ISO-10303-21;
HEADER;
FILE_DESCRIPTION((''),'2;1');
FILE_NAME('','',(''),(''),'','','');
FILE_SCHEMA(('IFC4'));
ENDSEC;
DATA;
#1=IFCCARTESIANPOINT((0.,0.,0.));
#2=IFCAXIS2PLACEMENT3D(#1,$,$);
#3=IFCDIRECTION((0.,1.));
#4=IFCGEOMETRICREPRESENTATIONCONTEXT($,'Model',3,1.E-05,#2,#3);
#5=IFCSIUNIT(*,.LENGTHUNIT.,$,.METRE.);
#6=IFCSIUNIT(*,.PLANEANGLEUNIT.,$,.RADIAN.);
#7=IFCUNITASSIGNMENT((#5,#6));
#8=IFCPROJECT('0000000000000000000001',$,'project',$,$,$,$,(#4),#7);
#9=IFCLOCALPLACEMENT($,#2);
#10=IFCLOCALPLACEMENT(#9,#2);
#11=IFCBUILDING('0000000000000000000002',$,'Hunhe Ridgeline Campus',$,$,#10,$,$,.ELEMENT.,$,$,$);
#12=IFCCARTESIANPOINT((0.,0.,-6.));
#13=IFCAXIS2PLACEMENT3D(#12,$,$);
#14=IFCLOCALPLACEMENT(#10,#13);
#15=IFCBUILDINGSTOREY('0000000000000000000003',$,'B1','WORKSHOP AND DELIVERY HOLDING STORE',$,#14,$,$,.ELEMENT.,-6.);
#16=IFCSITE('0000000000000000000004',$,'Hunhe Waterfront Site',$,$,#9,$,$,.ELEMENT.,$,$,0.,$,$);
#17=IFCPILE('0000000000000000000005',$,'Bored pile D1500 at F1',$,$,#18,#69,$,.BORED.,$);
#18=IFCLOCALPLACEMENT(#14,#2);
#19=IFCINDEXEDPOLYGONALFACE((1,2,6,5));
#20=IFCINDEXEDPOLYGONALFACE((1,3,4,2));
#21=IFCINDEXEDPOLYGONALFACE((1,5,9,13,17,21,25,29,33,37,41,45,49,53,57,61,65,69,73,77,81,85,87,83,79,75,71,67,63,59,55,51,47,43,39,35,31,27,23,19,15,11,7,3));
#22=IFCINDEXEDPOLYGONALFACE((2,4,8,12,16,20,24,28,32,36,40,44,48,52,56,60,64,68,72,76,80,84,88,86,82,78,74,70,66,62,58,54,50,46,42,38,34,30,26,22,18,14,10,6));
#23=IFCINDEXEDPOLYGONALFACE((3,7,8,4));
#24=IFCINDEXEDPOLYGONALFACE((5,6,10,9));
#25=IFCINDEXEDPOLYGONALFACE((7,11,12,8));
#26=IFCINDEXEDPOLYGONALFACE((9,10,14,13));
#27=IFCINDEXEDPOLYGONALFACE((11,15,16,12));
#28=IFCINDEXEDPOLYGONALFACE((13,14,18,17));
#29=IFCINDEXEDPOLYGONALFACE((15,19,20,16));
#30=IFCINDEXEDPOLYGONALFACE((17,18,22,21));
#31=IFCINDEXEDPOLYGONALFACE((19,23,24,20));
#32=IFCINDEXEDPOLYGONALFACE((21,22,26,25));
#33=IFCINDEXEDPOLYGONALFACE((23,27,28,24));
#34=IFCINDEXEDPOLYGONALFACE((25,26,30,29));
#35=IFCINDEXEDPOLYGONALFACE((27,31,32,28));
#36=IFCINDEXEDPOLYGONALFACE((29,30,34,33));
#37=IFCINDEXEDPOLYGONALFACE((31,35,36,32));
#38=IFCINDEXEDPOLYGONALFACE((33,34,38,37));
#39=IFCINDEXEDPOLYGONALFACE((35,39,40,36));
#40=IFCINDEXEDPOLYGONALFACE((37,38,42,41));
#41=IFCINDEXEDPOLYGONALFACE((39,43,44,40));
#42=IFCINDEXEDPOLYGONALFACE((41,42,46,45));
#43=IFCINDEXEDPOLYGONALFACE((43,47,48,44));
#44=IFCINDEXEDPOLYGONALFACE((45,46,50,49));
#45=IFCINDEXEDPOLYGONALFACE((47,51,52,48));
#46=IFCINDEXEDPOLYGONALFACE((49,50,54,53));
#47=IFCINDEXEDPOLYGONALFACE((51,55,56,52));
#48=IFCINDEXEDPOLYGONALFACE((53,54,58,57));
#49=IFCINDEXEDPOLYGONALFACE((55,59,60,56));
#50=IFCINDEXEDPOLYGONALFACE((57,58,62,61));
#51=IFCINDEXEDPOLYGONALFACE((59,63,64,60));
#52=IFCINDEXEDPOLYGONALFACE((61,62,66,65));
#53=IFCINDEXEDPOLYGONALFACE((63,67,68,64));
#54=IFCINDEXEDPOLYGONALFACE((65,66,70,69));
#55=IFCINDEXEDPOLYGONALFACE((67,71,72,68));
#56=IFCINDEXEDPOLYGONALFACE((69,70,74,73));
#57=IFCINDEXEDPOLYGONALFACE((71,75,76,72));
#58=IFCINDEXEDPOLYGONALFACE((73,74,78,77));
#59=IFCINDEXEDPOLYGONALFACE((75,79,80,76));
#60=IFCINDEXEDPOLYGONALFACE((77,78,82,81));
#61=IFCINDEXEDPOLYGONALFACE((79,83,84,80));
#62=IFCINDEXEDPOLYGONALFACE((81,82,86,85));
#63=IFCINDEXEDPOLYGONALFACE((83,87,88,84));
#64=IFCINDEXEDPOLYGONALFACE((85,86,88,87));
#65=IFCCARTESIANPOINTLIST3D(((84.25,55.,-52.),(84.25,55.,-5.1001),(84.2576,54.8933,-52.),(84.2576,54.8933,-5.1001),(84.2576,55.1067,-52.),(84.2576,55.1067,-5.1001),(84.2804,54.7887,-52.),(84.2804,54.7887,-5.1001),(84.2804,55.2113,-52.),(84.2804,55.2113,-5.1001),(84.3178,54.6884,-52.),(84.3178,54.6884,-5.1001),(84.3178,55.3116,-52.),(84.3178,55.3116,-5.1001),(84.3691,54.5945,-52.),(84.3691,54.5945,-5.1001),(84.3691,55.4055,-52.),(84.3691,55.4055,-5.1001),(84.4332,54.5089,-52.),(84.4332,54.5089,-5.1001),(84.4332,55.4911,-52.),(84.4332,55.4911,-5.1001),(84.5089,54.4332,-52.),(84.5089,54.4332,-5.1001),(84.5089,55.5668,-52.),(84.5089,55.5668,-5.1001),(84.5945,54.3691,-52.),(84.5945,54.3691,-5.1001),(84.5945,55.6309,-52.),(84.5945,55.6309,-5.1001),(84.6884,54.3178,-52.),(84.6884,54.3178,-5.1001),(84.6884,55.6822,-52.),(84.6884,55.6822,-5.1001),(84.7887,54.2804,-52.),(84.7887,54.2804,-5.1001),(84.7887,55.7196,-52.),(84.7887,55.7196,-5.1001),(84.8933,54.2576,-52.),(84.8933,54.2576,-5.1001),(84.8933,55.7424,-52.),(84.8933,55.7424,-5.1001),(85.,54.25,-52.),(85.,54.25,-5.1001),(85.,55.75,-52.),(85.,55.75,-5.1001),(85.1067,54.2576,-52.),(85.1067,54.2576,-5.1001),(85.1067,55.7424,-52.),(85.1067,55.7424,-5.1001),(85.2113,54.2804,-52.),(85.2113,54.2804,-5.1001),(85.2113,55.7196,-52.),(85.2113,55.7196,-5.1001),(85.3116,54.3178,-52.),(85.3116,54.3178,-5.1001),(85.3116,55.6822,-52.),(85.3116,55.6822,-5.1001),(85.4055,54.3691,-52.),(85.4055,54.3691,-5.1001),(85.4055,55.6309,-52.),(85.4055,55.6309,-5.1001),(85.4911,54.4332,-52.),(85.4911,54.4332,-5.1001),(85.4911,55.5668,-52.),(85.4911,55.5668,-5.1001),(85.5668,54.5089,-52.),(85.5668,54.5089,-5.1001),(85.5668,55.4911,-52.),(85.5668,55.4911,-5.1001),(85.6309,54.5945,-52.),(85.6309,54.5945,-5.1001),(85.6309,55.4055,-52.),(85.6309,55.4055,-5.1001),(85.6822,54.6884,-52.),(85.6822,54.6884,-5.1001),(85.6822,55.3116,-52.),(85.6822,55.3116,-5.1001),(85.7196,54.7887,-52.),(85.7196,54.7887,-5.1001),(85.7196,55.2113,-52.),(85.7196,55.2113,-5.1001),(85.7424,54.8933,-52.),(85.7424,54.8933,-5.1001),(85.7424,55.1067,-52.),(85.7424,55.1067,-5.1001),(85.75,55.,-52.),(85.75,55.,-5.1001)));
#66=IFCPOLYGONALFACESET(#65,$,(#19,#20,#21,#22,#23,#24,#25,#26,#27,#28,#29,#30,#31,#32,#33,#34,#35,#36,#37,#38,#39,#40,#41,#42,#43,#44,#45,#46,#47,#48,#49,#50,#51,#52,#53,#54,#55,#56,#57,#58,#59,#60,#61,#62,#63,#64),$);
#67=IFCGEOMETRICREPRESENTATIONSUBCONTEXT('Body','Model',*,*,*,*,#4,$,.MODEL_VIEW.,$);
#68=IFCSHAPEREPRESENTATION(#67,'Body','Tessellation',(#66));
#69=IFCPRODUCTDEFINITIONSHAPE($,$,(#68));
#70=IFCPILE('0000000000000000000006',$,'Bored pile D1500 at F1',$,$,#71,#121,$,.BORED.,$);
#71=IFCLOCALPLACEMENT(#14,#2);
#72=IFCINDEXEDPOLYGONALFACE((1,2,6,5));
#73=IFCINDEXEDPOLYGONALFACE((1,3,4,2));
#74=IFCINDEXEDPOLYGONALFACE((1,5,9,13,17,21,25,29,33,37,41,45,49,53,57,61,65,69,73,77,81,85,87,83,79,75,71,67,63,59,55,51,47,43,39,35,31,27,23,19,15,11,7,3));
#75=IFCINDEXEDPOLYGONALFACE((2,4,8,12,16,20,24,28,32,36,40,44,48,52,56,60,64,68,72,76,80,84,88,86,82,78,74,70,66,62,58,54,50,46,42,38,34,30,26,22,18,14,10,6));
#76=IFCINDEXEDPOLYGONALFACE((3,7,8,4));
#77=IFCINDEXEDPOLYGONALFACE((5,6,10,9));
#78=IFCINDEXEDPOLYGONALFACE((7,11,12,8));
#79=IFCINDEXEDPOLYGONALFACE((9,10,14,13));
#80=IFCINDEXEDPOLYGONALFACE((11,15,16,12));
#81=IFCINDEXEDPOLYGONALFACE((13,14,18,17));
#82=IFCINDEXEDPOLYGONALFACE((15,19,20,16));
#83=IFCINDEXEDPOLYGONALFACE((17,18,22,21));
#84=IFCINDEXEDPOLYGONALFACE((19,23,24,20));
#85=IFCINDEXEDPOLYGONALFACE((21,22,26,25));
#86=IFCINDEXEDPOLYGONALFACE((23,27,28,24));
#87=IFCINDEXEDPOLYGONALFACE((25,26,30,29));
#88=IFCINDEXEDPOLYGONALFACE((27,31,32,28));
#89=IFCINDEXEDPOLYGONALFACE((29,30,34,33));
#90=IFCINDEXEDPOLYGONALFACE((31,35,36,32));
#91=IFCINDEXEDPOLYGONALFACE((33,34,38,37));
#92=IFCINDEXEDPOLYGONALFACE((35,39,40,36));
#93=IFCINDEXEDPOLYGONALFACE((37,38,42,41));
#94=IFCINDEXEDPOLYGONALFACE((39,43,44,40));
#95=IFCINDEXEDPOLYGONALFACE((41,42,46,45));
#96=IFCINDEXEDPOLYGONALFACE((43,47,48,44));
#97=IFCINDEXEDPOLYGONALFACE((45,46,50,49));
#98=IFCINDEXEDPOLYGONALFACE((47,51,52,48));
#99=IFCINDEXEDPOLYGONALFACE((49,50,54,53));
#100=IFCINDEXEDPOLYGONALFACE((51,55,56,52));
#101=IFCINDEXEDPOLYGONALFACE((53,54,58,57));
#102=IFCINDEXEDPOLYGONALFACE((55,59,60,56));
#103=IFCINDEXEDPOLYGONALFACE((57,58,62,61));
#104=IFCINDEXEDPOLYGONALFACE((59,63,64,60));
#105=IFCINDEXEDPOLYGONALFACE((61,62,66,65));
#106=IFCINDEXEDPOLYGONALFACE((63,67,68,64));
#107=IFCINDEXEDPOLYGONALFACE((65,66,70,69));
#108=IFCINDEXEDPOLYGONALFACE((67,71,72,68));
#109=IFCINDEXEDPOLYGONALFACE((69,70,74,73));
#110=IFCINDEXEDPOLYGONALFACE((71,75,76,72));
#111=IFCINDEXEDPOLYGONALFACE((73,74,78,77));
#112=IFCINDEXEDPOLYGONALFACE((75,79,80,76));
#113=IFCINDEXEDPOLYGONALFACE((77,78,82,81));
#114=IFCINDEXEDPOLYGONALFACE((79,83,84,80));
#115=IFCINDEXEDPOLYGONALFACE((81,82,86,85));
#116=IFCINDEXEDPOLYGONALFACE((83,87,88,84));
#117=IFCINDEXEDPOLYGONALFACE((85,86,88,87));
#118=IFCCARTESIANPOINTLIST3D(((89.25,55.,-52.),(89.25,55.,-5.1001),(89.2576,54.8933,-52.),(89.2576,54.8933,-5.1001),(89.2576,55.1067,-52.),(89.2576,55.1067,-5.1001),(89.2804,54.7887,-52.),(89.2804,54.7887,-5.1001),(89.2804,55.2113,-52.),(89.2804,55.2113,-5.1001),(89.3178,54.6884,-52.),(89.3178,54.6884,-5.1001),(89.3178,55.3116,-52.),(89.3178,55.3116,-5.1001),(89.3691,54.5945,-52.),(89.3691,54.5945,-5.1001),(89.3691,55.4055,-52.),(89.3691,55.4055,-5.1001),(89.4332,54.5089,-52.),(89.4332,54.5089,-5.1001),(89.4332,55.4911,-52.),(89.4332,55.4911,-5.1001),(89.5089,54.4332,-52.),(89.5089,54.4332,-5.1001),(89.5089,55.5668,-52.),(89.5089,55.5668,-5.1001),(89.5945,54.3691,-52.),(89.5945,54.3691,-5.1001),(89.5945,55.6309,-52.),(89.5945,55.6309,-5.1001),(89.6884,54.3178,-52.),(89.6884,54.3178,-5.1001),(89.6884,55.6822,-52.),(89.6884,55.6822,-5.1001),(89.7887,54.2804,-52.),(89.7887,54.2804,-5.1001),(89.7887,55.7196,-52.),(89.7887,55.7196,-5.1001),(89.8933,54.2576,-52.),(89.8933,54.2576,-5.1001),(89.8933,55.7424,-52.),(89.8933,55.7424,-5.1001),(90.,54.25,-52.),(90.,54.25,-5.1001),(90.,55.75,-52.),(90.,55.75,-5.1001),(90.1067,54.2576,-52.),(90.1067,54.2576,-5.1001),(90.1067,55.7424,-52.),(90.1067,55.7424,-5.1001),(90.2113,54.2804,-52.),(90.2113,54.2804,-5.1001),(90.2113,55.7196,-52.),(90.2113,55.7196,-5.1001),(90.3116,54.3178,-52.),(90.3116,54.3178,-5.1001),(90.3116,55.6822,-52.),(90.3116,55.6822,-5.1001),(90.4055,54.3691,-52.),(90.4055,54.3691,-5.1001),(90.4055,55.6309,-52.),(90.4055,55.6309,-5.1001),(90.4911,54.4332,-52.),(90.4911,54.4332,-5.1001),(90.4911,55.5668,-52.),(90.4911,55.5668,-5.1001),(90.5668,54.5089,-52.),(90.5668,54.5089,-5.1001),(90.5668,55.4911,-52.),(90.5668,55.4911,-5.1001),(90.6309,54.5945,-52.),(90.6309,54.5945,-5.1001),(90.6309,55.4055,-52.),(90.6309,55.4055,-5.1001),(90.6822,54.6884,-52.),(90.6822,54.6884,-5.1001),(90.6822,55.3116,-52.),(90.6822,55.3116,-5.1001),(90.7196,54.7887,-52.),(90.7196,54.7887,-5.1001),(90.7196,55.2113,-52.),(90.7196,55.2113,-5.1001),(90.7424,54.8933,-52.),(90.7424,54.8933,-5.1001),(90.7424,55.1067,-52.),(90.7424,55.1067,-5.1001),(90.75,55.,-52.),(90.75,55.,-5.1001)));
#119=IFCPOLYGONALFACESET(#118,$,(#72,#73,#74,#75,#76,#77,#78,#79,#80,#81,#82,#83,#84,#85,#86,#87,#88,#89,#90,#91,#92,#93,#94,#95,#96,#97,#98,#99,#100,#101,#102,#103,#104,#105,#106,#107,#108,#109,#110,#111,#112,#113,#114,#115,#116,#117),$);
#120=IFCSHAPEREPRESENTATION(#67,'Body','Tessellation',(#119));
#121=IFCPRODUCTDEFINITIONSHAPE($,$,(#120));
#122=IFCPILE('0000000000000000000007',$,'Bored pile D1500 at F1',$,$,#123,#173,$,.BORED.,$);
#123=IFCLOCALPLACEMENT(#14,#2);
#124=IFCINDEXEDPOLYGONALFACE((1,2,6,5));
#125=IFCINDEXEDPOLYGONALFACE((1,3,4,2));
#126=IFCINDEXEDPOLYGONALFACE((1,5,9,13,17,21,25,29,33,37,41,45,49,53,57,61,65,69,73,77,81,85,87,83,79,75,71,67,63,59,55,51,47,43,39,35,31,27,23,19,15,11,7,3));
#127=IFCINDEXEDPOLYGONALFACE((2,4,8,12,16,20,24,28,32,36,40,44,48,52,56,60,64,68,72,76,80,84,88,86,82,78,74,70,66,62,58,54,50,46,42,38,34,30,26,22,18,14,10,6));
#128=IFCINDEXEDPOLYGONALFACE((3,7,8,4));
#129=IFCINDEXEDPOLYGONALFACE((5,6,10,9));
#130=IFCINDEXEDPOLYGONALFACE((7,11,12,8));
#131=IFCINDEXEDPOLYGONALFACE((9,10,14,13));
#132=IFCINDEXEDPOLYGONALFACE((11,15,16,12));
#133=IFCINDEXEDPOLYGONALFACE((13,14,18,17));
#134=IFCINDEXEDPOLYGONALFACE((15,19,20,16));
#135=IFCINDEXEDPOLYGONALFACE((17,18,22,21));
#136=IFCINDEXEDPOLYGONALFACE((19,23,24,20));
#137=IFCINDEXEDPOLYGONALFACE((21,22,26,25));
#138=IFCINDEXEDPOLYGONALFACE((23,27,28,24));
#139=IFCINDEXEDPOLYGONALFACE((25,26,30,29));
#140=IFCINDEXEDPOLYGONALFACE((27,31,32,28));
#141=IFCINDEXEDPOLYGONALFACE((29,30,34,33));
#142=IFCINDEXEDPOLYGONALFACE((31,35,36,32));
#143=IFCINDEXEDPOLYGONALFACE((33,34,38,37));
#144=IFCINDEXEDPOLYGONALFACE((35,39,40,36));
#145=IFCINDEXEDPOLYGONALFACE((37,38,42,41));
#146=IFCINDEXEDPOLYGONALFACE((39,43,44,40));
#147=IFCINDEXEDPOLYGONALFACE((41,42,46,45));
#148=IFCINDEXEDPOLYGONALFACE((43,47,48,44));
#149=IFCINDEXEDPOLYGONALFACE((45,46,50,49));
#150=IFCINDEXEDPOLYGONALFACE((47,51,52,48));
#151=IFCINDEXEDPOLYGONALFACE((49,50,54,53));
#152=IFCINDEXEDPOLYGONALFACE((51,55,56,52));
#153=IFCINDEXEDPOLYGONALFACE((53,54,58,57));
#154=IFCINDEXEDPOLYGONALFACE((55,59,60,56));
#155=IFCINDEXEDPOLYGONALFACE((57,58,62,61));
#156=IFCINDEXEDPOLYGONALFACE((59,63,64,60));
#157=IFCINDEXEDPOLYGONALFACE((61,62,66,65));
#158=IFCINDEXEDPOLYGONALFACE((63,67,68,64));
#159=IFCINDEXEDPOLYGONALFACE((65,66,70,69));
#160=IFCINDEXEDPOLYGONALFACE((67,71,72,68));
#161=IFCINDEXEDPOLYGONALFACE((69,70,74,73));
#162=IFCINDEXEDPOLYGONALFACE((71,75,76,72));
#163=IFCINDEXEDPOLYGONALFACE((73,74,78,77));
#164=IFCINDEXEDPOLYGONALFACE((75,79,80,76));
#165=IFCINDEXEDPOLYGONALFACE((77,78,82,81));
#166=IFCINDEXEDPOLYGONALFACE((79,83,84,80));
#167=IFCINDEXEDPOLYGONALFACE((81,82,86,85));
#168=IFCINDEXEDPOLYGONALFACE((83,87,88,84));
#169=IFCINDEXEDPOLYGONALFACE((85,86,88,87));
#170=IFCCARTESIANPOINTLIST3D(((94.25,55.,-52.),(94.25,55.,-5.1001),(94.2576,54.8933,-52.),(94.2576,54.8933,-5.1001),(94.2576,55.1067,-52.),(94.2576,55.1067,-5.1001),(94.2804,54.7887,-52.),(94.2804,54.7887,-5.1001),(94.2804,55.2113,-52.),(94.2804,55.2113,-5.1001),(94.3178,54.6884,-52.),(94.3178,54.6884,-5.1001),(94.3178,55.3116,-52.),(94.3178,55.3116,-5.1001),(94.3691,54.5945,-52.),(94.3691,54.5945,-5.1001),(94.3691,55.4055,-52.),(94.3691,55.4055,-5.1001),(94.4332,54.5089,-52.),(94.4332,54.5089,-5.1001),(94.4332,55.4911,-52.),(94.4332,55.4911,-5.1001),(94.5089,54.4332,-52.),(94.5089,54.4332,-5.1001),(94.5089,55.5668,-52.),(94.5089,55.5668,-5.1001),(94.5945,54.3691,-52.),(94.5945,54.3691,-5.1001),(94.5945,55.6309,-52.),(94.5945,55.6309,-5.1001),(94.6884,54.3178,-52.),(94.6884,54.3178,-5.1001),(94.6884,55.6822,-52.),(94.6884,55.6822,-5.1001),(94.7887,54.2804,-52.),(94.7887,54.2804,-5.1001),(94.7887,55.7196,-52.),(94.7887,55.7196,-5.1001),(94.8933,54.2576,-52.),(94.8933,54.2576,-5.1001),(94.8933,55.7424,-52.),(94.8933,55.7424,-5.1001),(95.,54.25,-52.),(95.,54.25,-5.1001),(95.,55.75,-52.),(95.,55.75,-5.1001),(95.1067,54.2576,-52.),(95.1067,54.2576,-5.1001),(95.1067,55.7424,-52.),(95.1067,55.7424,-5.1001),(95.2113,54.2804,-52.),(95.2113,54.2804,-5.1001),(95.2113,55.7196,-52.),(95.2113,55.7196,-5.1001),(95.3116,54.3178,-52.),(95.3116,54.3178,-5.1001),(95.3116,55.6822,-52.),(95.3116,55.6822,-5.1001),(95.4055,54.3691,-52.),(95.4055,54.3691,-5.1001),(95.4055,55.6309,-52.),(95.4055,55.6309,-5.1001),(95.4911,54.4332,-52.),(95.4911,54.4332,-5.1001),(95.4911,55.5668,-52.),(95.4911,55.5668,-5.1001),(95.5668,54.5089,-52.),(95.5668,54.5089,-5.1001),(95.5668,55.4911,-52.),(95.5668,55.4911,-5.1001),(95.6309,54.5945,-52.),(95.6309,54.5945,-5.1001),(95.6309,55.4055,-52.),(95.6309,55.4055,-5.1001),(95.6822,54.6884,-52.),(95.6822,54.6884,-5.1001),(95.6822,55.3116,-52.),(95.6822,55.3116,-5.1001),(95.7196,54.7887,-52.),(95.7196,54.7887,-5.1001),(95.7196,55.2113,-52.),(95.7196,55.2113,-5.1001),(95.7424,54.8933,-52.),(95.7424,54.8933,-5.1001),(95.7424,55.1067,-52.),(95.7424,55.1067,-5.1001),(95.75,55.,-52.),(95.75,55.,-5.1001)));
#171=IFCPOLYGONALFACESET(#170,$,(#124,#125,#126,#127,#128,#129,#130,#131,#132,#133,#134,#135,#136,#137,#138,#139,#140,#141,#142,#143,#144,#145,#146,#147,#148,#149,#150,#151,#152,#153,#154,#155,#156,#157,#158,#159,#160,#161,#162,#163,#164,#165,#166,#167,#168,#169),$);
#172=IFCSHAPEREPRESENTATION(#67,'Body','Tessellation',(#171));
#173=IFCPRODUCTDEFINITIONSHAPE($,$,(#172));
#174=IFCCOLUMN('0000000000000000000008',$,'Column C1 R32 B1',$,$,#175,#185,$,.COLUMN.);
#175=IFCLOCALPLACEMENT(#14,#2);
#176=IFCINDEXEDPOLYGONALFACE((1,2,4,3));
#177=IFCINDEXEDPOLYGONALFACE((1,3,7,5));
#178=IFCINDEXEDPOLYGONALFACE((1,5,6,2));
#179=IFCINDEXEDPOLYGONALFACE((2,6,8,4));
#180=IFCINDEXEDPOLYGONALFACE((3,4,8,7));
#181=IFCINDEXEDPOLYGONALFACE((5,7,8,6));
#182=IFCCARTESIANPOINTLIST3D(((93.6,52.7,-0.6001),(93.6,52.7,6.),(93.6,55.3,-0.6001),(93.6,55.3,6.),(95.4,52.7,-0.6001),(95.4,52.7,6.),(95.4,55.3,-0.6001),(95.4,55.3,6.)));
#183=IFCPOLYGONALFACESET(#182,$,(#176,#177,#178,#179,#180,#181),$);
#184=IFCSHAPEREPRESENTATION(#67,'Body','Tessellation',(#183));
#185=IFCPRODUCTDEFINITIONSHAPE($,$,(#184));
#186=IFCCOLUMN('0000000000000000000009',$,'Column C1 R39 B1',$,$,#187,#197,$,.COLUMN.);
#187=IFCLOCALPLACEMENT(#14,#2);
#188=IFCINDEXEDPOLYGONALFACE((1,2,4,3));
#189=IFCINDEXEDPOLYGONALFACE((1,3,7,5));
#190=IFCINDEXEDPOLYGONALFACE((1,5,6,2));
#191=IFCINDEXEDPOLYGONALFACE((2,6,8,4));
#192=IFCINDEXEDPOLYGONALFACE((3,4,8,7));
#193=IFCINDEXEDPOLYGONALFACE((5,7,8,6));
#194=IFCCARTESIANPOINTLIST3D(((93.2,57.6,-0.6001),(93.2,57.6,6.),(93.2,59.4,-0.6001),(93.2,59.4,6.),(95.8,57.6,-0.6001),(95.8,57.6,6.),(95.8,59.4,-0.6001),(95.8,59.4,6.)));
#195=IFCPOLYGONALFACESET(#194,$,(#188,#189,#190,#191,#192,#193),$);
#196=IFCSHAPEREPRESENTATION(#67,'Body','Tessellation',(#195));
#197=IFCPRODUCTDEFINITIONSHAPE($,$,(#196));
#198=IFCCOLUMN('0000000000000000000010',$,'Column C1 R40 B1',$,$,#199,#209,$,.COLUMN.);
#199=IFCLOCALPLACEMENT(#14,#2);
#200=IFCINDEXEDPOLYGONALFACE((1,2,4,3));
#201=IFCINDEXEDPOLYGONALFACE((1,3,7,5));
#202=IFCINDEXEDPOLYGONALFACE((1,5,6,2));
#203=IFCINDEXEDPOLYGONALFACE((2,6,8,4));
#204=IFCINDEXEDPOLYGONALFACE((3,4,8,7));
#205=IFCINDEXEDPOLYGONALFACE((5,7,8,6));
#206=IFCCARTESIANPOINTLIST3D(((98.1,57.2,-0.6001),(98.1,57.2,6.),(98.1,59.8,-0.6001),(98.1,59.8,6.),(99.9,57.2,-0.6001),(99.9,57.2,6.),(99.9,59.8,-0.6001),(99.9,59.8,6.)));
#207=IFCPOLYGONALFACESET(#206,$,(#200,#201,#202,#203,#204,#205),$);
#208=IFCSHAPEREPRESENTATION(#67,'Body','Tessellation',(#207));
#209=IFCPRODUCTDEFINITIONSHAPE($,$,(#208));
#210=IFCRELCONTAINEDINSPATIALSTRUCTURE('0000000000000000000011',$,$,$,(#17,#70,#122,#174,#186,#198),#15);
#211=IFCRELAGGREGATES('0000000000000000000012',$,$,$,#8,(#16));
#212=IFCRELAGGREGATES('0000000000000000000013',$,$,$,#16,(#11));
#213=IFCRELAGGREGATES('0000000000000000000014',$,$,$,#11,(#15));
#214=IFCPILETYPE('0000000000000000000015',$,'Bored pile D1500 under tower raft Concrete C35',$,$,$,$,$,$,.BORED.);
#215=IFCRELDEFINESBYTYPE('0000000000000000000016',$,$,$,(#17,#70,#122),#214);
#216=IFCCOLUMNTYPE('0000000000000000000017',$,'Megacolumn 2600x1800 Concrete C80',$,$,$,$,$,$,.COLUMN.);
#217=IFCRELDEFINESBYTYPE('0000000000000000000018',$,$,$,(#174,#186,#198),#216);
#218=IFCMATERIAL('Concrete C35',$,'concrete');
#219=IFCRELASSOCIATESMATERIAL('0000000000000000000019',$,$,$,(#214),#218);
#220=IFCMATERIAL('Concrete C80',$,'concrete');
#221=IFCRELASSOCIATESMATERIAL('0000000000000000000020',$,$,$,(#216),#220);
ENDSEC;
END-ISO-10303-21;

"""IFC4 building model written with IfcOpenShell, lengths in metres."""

from ifc_helpers import new_model, si_unit, direction, frame, origin, origin_2d, place, context, subcontext, project, spatial, rectangle, circle, extrude, material, material_profile, profile_set, type_object, element, save


model = new_model("IFC4")

# Units and contexts
model_context = context("Model", 3, precision=1e-05, world=origin(), true_north=direction((0.0, 1.0)))
body_context = subcontext(model_context, "Body", "Model", "MODEL_VIEW")
ifc_project = project(units=[si_unit("LENGTHUNIT", "METRE"), si_unit("PLANEANGLEUNIT", "RADIAN")], contexts=[model_context])

# Site, building, storey
site_placement = place(None, origin())
site = spatial("IfcSite", under=ifc_project, at=site_placement, Name="Hunhe Waterfront Site", CompositionType="ELEMENT", RefElevation=0.0)
building_placement = place(site_placement, origin())
building = spatial("IfcBuilding", under=site, at=building_placement, Name="Hunhe Ridgeline Campus", CompositionType="ELEMENT")
storey_placement = place(building_placement, frame((0.0, 0.0, -6.0)))
storey = spatial("IfcBuildingStorey", under=building, at=storey_placement, Name="B1", Description="WORKSHOP AND DELIVERY HOLDING STORE", CompositionType="ELEMENT", Elevation=-6.0)

# Piles
ifc_material_1 = material(Name="Concrete C35", Category="concrete")
ifc_material_profile_1 = material_profile(ifc_material_1, circle(Radius=0.75, at=origin_2d()))
ifc_profile_set_1 = profile_set([ifc_material_profile_1], Name="Concrete C35")
pile_type_1 = type_object("IfcPileType", Name="Bored pile D1500 under tower raft Concrete C35", PredefinedType="BORED", material=ifc_profile_set_1)
for number, where, z_axis, x_axis, name in (
    (1, (85.0, 55.0, -5.1001), (0.0, 0.0, -1.0), (1.0, 0.0, 0.0), "Bored pile D1500 at F1"),
    (2, (90.0, 55.0, -5.1001), (0.0, 0.0, -1.0), (1.0, 0.0, 0.0), "Bored pile D1500 at F1"),
    (3, (95.0, 55.0, -5.1001), (0.0, 0.0, -1.0), (1.0, 0.0, 0.0), "Bored pile D1500 at F1"),
):
    element("IfcPile", number, at=place(storey_placement, frame(where, z_axis=z_axis, x_axis=x_axis)), inside=storey, type_object=pile_type_1, Name=name, PredefinedType="BORED", context=body_context, shape_type="SweptSolid", body=[
        extrude(circle(Radius=0.75, at=origin_2d()), origin(), (0.0, 0.0, 1.0), 46.8999),
    ])

# Columns
ifc_material_2 = material(Name="Concrete C80", Category="concrete")
ifc_material_profile_2 = material_profile(ifc_material_2, rectangle(XDim=2.6001, YDim=1.8, at=origin_2d()))
ifc_profile_set_2 = profile_set([ifc_material_profile_2], Name="Concrete C80")
column_type_1 = type_object("IfcColumnType", Name="Megacolumn 2600x1800 Concrete C80", PredefinedType="COLUMN", material=ifc_profile_set_2)
for number, where, z_axis, x_axis, name in (
    (4, (94.5, 54.0, -0.6001), (0.0, 0.0, 1.0), (0.0, 1.0, 0.0), "Column C1 R32 B1"),
    (5, (94.5, 58.5, -0.6001), (0.0, 0.0, 1.0), (1.0, 0.0, 0.0), "Column C1 R39 B1"),
    (6, (99.0, 58.5, -0.6001), (0.0, 0.0, 1.0), (0.0, 1.0, 0.0), "Column C1 R40 B1"),
):
    element("IfcColumn", number, at=place(storey_placement, frame(where, z_axis=z_axis, x_axis=x_axis)), inside=storey, type_object=column_type_1, Name=name, PredefinedType="COLUMN", context=body_context, shape_type="SweptSolid", body=[
        extrude(rectangle(XDim=2.6001, YDim=1.8, at=origin_2d()), origin(), (0.0, 0.0, 1.0), 6.6001),
    ])

save(model, "model.ifc")
